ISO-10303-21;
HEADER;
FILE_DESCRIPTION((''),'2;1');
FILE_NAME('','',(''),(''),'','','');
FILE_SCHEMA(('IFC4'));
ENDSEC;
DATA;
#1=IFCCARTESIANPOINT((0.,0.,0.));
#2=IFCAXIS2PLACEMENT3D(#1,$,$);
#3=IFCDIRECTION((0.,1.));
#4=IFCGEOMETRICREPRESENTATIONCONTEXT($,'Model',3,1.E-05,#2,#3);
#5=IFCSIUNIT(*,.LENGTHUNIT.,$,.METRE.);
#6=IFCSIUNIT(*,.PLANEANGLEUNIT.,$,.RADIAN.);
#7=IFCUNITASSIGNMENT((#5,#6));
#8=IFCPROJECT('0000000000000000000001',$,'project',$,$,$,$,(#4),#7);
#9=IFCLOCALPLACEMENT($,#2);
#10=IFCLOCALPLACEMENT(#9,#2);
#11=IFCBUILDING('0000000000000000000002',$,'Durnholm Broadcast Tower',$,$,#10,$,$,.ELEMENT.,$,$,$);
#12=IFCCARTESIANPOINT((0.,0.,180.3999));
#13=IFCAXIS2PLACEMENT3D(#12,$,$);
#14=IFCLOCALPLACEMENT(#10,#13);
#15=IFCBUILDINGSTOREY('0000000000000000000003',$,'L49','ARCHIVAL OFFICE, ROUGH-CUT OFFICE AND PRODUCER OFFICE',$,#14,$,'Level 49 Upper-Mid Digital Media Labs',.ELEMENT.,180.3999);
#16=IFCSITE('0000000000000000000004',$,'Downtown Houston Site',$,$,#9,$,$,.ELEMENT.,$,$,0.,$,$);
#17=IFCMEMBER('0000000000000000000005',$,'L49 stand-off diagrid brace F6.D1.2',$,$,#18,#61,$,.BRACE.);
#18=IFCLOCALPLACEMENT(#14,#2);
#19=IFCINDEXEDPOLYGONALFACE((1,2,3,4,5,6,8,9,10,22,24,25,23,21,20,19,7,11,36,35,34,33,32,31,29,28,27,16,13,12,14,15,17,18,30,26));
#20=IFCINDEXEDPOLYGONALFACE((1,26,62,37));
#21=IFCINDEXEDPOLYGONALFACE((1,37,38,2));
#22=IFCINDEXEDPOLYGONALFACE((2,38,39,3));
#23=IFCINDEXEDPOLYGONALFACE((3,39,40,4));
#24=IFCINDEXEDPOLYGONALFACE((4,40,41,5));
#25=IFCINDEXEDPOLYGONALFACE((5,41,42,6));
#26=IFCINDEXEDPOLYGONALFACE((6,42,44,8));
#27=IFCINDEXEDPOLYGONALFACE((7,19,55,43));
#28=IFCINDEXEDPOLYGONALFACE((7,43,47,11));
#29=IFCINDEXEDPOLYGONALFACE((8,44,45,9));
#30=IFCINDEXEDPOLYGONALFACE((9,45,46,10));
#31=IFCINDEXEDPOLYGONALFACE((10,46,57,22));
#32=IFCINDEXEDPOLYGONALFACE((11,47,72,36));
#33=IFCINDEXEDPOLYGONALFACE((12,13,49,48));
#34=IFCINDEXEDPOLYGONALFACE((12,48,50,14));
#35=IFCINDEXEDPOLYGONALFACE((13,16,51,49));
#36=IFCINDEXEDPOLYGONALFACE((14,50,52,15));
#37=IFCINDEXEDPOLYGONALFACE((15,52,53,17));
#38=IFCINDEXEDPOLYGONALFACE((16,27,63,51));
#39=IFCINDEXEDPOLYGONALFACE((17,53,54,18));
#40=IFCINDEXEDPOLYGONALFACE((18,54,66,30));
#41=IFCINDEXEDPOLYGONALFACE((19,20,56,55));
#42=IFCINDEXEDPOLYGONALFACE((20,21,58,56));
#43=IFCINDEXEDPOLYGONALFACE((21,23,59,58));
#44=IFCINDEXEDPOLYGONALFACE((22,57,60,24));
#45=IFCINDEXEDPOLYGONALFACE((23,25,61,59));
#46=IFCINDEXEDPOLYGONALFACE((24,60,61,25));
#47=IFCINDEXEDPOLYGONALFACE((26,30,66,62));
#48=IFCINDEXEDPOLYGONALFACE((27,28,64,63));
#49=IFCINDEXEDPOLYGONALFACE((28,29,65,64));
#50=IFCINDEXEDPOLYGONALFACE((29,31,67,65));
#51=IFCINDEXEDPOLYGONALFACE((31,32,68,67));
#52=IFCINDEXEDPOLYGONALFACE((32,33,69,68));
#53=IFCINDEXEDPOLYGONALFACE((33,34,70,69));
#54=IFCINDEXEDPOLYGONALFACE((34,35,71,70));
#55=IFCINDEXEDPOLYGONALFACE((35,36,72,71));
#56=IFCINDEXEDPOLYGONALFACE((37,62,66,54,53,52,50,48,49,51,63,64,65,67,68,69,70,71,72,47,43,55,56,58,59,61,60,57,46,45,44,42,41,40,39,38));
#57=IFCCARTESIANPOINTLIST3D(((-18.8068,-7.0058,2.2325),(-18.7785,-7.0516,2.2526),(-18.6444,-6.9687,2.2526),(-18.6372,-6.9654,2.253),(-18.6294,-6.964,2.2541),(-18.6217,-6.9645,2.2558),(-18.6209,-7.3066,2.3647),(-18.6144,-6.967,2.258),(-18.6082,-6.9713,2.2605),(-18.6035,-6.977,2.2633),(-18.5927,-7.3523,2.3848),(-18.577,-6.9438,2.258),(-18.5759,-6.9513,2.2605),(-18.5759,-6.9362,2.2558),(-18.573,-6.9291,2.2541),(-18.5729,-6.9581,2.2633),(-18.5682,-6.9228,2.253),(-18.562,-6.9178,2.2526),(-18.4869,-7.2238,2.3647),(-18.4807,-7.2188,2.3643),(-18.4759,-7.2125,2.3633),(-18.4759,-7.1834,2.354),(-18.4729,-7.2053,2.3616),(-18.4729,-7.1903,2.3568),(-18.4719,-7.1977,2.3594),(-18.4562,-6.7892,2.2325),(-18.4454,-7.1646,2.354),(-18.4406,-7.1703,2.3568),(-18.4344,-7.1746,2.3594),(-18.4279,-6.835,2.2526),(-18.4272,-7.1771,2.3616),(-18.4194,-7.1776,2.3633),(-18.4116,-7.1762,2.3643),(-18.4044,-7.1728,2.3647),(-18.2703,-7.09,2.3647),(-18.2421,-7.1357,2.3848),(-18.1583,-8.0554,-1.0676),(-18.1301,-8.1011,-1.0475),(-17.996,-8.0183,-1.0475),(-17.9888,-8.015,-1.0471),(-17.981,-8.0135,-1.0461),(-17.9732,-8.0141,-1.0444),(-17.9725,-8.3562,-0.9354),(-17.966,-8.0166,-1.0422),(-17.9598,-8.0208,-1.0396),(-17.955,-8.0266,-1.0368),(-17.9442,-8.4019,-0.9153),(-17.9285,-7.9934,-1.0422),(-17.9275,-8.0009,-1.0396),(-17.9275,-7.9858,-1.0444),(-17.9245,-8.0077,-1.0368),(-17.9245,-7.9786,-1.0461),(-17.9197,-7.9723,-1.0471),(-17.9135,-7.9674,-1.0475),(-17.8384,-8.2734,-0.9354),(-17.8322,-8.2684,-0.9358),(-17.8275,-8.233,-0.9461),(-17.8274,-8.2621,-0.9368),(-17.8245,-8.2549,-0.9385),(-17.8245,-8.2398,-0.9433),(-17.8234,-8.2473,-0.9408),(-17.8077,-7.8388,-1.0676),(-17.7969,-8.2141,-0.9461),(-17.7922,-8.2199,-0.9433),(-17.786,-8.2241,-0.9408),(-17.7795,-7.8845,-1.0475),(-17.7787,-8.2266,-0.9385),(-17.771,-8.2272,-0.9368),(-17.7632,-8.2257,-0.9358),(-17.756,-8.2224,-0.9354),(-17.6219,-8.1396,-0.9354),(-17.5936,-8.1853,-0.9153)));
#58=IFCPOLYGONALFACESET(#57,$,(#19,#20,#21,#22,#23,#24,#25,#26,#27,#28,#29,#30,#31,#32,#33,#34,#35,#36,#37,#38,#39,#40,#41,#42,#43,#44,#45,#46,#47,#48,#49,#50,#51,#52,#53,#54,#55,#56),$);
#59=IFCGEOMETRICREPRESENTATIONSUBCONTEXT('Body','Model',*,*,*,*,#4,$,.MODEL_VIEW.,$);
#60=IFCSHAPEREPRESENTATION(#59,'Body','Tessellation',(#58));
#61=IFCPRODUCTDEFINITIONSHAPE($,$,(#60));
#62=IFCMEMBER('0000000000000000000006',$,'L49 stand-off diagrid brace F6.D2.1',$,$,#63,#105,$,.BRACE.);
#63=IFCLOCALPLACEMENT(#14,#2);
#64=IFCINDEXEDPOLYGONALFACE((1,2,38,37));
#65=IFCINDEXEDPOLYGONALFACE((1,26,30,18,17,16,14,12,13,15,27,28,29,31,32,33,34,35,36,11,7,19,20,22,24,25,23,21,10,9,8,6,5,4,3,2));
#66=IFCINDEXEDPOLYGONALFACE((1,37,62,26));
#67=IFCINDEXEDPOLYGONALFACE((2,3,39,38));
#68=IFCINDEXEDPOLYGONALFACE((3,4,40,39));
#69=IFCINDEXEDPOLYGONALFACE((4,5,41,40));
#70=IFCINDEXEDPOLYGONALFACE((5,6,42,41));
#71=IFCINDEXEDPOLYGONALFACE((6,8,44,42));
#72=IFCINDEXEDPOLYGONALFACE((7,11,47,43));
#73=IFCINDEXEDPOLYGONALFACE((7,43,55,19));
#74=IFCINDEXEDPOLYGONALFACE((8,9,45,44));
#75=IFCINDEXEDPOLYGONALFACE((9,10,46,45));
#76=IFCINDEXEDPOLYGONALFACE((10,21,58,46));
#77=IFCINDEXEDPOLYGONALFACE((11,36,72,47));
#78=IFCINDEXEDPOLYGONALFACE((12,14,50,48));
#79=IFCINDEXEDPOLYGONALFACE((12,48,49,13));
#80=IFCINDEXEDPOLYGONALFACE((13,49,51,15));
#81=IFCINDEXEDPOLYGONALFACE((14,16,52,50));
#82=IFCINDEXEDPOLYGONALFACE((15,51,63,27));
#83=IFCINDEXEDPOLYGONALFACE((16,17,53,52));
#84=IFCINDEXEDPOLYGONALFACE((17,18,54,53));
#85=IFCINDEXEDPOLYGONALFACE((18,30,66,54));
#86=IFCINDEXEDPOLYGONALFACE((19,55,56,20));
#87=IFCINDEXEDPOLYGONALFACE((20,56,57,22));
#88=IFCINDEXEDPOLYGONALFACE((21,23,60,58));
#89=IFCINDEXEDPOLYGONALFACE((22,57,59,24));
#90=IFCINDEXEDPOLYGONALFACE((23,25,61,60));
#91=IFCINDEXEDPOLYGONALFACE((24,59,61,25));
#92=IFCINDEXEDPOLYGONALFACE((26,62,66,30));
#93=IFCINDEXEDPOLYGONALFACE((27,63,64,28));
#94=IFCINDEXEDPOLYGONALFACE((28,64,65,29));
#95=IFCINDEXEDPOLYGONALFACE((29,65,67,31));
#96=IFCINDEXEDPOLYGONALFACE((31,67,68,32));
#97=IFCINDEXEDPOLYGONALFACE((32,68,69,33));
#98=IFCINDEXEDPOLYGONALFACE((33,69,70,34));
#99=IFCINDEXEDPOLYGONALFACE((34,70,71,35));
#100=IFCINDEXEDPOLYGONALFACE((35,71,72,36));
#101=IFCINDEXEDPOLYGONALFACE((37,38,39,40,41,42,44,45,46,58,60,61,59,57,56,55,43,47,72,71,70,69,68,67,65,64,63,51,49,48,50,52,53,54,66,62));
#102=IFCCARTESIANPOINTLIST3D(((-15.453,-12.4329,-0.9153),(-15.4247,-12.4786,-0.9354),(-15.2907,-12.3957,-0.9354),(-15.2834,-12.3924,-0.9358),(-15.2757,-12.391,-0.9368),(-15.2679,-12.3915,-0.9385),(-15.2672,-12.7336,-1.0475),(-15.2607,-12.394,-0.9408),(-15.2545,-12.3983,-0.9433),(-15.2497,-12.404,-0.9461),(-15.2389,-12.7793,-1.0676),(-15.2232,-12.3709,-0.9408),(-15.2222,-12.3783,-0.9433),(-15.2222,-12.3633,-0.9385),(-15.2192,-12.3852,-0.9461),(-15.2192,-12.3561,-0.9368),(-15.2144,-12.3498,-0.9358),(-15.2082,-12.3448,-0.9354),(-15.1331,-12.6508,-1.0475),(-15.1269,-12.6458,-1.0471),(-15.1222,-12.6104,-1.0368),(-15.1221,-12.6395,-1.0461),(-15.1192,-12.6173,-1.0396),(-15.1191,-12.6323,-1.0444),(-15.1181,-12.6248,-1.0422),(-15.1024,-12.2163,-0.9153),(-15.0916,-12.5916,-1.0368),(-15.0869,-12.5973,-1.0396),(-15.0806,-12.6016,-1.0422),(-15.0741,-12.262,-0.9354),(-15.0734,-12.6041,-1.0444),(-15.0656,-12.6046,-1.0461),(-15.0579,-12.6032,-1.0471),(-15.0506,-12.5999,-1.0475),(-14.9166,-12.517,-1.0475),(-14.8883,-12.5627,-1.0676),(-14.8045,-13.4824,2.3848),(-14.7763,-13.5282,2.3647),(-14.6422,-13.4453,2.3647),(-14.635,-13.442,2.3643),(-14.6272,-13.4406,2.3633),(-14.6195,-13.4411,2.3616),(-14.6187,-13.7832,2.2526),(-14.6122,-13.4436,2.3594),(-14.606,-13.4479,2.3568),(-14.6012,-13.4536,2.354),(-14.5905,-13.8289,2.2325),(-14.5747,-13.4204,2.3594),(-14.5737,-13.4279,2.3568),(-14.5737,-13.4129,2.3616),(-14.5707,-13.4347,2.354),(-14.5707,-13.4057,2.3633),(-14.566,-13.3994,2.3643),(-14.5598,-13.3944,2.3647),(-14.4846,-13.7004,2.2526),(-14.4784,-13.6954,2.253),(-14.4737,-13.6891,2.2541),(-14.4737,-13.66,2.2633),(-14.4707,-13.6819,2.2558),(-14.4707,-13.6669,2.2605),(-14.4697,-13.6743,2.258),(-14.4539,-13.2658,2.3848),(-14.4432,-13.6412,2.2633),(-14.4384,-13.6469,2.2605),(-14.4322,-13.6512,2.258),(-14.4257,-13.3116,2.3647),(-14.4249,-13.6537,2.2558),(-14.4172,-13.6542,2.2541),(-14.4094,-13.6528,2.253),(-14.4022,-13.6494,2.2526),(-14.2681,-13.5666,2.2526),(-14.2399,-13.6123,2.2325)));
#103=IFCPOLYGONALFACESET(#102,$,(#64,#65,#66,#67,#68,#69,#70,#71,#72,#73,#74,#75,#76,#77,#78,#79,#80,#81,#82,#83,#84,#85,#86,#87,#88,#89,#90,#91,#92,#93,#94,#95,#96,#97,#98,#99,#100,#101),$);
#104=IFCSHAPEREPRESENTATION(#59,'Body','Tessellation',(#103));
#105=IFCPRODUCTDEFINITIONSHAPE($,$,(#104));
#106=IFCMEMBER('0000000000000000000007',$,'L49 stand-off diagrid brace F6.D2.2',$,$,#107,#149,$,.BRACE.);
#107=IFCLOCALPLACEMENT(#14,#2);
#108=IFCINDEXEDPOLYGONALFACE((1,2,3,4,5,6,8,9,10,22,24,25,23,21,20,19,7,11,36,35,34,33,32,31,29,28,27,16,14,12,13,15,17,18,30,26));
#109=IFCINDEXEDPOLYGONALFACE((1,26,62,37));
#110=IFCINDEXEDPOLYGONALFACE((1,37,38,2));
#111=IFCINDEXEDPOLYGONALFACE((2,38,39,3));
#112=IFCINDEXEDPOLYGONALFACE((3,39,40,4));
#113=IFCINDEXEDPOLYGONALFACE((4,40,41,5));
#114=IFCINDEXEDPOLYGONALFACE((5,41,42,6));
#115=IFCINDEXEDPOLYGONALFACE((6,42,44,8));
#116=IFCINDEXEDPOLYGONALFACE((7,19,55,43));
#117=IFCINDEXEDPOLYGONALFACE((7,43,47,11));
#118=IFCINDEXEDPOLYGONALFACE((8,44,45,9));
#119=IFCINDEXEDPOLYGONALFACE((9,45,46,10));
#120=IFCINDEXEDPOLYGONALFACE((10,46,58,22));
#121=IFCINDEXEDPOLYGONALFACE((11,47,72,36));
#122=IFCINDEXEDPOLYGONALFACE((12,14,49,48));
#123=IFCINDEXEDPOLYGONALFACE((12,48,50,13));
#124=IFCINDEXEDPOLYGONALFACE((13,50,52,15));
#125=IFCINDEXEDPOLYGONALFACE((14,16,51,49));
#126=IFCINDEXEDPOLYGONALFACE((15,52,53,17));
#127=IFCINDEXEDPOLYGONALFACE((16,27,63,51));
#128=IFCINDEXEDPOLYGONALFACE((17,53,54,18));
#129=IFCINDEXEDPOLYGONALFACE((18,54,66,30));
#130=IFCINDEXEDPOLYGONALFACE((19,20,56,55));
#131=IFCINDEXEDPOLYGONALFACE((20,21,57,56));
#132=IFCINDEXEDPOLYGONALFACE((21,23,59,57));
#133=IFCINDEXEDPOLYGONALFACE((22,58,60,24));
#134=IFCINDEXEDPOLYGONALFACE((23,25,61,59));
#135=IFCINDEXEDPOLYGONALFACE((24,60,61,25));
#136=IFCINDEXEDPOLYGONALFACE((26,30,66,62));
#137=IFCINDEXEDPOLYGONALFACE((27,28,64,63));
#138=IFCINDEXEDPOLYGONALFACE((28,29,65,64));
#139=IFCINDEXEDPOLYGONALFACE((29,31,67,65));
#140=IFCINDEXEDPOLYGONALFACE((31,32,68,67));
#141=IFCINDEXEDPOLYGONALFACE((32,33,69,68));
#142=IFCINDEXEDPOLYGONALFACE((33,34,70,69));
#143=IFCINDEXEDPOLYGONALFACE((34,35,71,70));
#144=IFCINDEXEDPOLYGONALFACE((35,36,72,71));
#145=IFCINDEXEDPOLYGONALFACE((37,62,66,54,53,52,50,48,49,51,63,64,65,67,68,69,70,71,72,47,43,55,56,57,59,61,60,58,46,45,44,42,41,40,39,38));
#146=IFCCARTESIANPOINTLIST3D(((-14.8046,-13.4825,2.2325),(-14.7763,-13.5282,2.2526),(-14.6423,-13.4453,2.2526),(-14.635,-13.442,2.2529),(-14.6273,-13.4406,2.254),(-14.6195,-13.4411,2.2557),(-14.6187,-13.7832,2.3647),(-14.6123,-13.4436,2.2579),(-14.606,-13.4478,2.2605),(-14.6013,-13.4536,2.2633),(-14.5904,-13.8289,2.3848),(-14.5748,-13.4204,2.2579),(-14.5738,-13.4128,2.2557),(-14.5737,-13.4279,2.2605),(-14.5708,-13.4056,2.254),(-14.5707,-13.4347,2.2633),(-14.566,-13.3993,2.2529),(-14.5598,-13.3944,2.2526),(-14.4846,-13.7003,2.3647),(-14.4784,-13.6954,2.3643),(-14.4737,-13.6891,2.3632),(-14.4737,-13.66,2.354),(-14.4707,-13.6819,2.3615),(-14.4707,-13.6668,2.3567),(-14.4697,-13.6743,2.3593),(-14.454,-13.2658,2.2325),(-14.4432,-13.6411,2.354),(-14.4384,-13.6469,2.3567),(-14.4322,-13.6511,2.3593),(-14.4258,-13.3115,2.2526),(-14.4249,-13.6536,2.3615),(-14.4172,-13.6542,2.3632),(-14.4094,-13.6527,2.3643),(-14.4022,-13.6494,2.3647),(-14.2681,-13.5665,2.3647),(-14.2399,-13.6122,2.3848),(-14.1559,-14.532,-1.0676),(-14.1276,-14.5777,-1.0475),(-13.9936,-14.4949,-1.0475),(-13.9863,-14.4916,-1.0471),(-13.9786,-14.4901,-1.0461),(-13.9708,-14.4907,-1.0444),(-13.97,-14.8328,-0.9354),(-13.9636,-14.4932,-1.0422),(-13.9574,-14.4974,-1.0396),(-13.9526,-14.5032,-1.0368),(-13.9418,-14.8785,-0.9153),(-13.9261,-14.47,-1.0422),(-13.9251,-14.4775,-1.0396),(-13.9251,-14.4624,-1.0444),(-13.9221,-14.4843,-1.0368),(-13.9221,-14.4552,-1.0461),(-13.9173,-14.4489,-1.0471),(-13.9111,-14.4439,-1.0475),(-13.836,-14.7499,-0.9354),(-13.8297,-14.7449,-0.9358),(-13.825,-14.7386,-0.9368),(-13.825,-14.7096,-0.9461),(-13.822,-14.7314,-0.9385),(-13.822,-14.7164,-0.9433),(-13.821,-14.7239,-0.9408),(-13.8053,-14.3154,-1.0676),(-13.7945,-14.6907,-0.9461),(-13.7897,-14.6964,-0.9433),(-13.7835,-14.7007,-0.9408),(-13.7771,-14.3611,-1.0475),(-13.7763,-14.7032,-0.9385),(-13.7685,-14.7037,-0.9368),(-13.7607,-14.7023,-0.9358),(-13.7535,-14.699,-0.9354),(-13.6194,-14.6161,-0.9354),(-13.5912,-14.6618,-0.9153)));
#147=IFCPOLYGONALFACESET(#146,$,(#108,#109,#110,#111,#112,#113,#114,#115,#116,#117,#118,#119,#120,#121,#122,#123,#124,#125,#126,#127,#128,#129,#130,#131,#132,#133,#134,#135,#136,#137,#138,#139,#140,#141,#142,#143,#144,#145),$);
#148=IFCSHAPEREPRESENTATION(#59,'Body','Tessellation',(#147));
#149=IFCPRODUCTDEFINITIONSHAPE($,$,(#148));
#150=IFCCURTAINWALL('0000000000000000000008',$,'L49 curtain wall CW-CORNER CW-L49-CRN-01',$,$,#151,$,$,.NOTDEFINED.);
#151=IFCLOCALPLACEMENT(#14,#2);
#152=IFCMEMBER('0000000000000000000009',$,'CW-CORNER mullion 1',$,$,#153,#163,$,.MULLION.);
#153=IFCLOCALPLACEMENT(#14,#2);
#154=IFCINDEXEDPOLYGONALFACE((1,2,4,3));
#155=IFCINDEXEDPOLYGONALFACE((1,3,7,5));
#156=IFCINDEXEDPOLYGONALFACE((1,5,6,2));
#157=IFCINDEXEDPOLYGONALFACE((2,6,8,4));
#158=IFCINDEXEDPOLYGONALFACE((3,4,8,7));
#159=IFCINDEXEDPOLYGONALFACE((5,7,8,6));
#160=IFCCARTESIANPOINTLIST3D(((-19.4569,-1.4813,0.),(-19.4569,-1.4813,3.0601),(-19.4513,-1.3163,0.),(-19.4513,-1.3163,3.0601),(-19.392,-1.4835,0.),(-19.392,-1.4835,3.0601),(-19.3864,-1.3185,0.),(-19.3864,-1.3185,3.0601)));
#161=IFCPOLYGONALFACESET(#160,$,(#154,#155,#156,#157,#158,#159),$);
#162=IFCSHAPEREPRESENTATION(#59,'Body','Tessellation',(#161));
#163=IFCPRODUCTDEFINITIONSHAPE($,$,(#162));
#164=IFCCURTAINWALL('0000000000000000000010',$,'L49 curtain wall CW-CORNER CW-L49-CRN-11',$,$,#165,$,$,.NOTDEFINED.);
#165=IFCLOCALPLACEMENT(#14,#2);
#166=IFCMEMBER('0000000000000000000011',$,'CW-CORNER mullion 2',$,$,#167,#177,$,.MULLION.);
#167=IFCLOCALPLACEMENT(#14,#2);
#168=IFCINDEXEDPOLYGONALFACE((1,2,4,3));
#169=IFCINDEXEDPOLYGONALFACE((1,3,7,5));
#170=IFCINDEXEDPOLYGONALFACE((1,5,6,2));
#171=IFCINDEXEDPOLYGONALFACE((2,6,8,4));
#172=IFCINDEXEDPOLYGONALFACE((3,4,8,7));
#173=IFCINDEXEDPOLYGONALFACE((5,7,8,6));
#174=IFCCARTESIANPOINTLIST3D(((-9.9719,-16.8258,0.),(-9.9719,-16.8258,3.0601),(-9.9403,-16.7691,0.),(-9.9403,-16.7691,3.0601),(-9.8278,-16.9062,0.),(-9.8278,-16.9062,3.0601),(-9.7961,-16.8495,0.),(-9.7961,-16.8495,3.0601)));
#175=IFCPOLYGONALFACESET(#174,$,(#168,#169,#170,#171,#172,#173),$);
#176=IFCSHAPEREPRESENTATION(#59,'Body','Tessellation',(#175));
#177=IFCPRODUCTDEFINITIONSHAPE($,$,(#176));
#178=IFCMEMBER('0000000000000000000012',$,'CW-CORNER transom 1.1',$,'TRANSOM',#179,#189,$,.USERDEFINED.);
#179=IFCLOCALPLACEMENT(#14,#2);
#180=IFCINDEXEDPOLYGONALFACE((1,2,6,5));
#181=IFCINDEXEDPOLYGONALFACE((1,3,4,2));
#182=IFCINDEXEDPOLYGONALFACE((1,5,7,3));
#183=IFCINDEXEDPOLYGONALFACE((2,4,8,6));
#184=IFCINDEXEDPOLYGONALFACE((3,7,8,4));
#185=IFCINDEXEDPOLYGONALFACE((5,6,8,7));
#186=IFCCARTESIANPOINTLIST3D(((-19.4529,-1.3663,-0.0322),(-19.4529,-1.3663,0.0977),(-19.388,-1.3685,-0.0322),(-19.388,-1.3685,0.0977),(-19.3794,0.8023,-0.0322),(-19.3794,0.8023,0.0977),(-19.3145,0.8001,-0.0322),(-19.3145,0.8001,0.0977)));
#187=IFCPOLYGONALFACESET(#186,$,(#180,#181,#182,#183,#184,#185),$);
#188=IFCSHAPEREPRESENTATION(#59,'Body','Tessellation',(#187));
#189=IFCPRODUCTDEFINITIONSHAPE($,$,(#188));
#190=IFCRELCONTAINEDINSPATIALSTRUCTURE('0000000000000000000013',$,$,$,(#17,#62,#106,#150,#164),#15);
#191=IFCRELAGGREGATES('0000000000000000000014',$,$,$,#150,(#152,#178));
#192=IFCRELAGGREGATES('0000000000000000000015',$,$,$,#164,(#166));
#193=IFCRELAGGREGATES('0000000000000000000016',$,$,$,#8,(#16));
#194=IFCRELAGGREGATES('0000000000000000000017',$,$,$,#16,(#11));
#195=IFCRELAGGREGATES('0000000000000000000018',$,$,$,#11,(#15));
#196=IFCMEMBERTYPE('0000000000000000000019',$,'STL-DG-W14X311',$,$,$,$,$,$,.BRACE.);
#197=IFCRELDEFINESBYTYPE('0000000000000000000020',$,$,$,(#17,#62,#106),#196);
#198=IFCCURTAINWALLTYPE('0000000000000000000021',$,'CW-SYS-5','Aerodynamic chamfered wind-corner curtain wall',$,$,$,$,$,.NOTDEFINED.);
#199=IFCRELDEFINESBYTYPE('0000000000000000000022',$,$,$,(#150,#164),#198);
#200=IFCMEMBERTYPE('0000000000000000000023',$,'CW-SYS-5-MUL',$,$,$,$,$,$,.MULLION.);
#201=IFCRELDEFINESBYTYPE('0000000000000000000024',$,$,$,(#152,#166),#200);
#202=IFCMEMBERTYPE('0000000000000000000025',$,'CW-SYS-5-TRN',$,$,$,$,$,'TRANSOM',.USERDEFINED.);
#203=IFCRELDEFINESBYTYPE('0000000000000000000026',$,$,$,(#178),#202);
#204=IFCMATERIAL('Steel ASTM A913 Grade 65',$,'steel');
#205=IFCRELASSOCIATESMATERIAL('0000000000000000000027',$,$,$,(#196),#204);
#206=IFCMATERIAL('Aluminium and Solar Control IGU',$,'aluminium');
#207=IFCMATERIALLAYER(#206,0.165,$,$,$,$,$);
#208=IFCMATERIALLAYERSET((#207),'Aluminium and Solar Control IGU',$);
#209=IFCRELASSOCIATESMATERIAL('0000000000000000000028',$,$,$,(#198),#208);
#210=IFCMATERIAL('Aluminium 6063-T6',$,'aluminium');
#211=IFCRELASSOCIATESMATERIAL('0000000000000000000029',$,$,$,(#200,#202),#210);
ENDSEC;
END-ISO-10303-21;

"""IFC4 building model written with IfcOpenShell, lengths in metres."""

from ifc_helpers import new_model, si_unit, direction, frame, origin, origin_2d, place, context, subcontext, project, spatial, rectangle, i_section, extrude, source, transform, mapped, material, layer, layer_set, material_profile, profile_set, type_object, type_shapes, element, aggregate, save


model = new_model("IFC4")

# Units and contexts
model_context = context("Model", 3, precision=1e-05, world=origin(), true_north=direction((0.0, 1.0)))
body_context = subcontext(model_context, "Body", "Model", "MODEL_VIEW")
ifc_project = project(units=[si_unit("LENGTHUNIT", "METRE"), si_unit("PLANEANGLEUNIT", "RADIAN")], contexts=[model_context])

# Site, building, storey
site_placement = place(None, origin())
site = spatial("IfcSite", under=ifc_project, at=site_placement, Name="Downtown Houston Site", CompositionType="ELEMENT", RefElevation=0.0)
building_placement = place(site_placement, origin())
building = spatial("IfcBuilding", under=site, at=building_placement, Name="Durnholm Broadcast Tower", CompositionType="ELEMENT")
storey_placement = place(building_placement, frame((0.0, 0.0, 180.3999)))
storey = spatial("IfcBuildingStorey", under=building, at=storey_placement, Name="L49", Description="ARCHIVAL OFFICE, ROUGH-CUT OFFICE AND PRODUCER OFFICE", LongName="Level 49 Upper-Mid Digital Media Labs", CompositionType="ELEMENT", Elevation=180.3999)

# Members
ifc_material_1 = material(Name="Steel ASTM A913 Grade 65", Category="steel")
ifc_material_profile_1 = material_profile(ifc_material_1, i_section(OverallWidth=0.4121, OverallDepth=0.4348, WebThickness=0.0359, FlangeThickness=0.0574, FilletRadius=0.0305, at=origin_2d()), Name="W14X311")
ifc_profile_set_1 = profile_set([ifc_material_profile_1], Name="Steel ASTM A913 Grade 65")
member_type_1 = type_object("IfcMemberType", Name="STL-DG-W14X311", PredefinedType="BRACE", material=ifc_profile_set_1)
shared_shape_1 = source(origin(), body_context, "Body", "SweptSolid", [
    extrude(i_section(OverallWidth=0.4121, OverallDepth=0.4348, WebThickness=0.0359, FlangeThickness=0.0574, FilletRadius=0.0305, at=origin_2d()), origin(), (0.0, 0.0, 1.0), 3.5232),
])
type_shapes(member_type_1, [shared_shape_1])
for number, where, z_axis, x_axis, name in (
    (1, (-17.876, -8.1204, -0.9915), (-0.184052, 0.297907, 0.936684), (-0.850733, -0.525598, 0.0), "L49 stand-off diagrid brace F6.D1.2"),
    (2, (-15.1707, -12.4978, -0.9915), (0.184052, -0.297907, 0.936684), (0.850733, 0.525598, 0.0), "L49 stand-off diagrid brace F6.D2.1"),
    (3, (-13.8735, -14.5969, -0.9915), (-0.184119, 0.297903, 0.936672), (-0.850644, -0.525741, 0.0), "L49 stand-off diagrid brace F6.D2.2"),
):
    element("IfcMember", number, at=place(storey_placement, frame(where, z_axis=z_axis, x_axis=x_axis)), inside=storey, type_object=member_type_1, Name=name, PredefinedType="BRACE", context=body_context, shape_type="MappedRepresentation", body=[
        mapped(shared_shape_1, transform((0.0, 0.0, 0.0), x_axis=(1.0, 0.0, 0.0), y_axis=(0.0, 1.0, 0.0), z_axis=(0.0, 0.0, 1.0), scale=1.0)),
    ])

# Curtain walls, members
ifc_material_2 = material(Name="Aluminium and Solar Control IGU", Category="aluminium")
ifc_layer_1 = layer(ifc_material_2, 0.165)
ifc_layer_set_1 = layer_set([ifc_layer_1], Name="Aluminium and Solar Control IGU")
curtain_wall_type_1 = type_object("IfcCurtainWallType", Name="CW-SYS-5", Description="Aerodynamic chamfered wind-corner curtain wall", PredefinedType="NOTDEFINED", material=ifc_layer_set_1)
curtain_wall_1_placement = place(storey_placement, origin())
curtain_wall_1 = element("IfcCurtainWall", 4, at=curtain_wall_1_placement, inside=storey, type_object=curtain_wall_type_1, Name="L49 curtain wall CW-CORNER CW-L49-CRN-01", PredefinedType="NOTDEFINED")
ifc_material_3 = material(Name="Aluminium 6063-T6", Category="aluminium")
ifc_material_profile_2 = material_profile(ifc_material_3, rectangle(XDim=0.0649, YDim=0.165, at=origin_2d()), Name="CWM65X165")
ifc_profile_set_2 = profile_set([ifc_material_profile_2], Name="Aluminium 6063-T6")
member_type_2 = type_object("IfcMemberType", Name="CW-SYS-5-MUL", PredefinedType="MULLION", material=ifc_profile_set_2)
shared_shape_2 = source(origin(), body_context, "Body", "SweptSolid", [
    extrude(rectangle(XDim=0.0649, YDim=0.165, at=origin_2d()), origin(), (0.0, 0.0, 1.0), 3.0601),
])
type_shapes(member_type_2, [shared_shape_2])
member_1_placement = place(storey_placement, frame((-19.4216, -1.3999, 0.0), z_axis=(0.0, 0.0, 1.0), x_axis=(-0.999425, 0.033913, 0.0)))
member_1 = element("IfcMember", 5, at=member_1_placement, type_object=member_type_2, Name="CW-CORNER mullion 1", PredefinedType="MULLION", context=body_context, shape_type="MappedRepresentation", body=[
    mapped(shared_shape_2, transform((0.0, 0.0, 0.0), x_axis=(1.0, 0.0, 0.0), y_axis=(0.0, 1.0, 0.0), z_axis=(0.0, 0.0, 1.0), scale=1.0)),
])
curtain_wall_2_placement = place(storey_placement, origin())
curtain_wall_2 = element("IfcCurtainWall", 6, at=curtain_wall_2_placement, inside=storey, type_object=curtain_wall_type_1, Name="L49 curtain wall CW-CORNER CW-L49-CRN-11", PredefinedType="NOTDEFINED")
member_2_placement = place(storey_placement, frame((-9.884, -16.8376, 0.0), z_axis=(0.0, 0.0, 1.0), x_axis=(-0.486986, -0.87341, 0.0)))
member_2 = element("IfcMember", 7, at=member_2_placement, type_object=member_type_2, Name="CW-CORNER mullion 2", PredefinedType="MULLION", context=body_context, shape_type="MappedRepresentation", body=[
    mapped(shared_shape_2, transform((0.0, 0.0, 0.0), x_axis=(1.0, 0.0, 0.0), y_axis=(0.0, 1.0, 0.0), z_axis=(0.0, 0.0, 1.0), scale=1.0)),
])

# Member
ifc_material_profile_3 = material_profile(ifc_material_3, rectangle(XDim=0.0649, YDim=0.1299, at=origin_2d()), Name="CWT65X130")
ifc_profile_set_3 = profile_set([ifc_material_profile_3], Name="Aluminium 6063-T6")
member_type_3 = type_object("IfcMemberType", Name="CW-SYS-5-TRN", ElementType="TRANSOM", PredefinedType="USERDEFINED", material=ifc_profile_set_3)
shared_shape_3 = source(origin(), body_context, "Body", "SweptSolid", [
    extrude(rectangle(XDim=0.0649, YDim=0.1299, at=origin_2d()), origin(), (0.0, 0.0, 1.0), 2.1699),
])
type_shapes(member_type_3, [shared_shape_3])
member_3_placement = place(storey_placement, frame((-19.4204, -1.3674, 0.0327), z_axis=(0.033866, 0.999426, 0.0), x_axis=(-0.999426, 0.033866, 0.0)))
member_3 = element("IfcMember", 8, at=member_3_placement, type_object=member_type_3, Name="CW-CORNER transom 1.1", ObjectType="TRANSOM", PredefinedType="USERDEFINED", context=body_context, shape_type="MappedRepresentation", body=[
    mapped(shared_shape_3, transform((0.0, 0.0, 0.0), x_axis=(1.0, 0.0, 0.0), y_axis=(0.0, 1.0, 0.0), z_axis=(0.0, 0.0, 1.0), scale=1.0)),
])

aggregate(curtain_wall_1, [member_1, member_3])
aggregate(curtain_wall_2, [member_2])

save(model, "model.ifc")
